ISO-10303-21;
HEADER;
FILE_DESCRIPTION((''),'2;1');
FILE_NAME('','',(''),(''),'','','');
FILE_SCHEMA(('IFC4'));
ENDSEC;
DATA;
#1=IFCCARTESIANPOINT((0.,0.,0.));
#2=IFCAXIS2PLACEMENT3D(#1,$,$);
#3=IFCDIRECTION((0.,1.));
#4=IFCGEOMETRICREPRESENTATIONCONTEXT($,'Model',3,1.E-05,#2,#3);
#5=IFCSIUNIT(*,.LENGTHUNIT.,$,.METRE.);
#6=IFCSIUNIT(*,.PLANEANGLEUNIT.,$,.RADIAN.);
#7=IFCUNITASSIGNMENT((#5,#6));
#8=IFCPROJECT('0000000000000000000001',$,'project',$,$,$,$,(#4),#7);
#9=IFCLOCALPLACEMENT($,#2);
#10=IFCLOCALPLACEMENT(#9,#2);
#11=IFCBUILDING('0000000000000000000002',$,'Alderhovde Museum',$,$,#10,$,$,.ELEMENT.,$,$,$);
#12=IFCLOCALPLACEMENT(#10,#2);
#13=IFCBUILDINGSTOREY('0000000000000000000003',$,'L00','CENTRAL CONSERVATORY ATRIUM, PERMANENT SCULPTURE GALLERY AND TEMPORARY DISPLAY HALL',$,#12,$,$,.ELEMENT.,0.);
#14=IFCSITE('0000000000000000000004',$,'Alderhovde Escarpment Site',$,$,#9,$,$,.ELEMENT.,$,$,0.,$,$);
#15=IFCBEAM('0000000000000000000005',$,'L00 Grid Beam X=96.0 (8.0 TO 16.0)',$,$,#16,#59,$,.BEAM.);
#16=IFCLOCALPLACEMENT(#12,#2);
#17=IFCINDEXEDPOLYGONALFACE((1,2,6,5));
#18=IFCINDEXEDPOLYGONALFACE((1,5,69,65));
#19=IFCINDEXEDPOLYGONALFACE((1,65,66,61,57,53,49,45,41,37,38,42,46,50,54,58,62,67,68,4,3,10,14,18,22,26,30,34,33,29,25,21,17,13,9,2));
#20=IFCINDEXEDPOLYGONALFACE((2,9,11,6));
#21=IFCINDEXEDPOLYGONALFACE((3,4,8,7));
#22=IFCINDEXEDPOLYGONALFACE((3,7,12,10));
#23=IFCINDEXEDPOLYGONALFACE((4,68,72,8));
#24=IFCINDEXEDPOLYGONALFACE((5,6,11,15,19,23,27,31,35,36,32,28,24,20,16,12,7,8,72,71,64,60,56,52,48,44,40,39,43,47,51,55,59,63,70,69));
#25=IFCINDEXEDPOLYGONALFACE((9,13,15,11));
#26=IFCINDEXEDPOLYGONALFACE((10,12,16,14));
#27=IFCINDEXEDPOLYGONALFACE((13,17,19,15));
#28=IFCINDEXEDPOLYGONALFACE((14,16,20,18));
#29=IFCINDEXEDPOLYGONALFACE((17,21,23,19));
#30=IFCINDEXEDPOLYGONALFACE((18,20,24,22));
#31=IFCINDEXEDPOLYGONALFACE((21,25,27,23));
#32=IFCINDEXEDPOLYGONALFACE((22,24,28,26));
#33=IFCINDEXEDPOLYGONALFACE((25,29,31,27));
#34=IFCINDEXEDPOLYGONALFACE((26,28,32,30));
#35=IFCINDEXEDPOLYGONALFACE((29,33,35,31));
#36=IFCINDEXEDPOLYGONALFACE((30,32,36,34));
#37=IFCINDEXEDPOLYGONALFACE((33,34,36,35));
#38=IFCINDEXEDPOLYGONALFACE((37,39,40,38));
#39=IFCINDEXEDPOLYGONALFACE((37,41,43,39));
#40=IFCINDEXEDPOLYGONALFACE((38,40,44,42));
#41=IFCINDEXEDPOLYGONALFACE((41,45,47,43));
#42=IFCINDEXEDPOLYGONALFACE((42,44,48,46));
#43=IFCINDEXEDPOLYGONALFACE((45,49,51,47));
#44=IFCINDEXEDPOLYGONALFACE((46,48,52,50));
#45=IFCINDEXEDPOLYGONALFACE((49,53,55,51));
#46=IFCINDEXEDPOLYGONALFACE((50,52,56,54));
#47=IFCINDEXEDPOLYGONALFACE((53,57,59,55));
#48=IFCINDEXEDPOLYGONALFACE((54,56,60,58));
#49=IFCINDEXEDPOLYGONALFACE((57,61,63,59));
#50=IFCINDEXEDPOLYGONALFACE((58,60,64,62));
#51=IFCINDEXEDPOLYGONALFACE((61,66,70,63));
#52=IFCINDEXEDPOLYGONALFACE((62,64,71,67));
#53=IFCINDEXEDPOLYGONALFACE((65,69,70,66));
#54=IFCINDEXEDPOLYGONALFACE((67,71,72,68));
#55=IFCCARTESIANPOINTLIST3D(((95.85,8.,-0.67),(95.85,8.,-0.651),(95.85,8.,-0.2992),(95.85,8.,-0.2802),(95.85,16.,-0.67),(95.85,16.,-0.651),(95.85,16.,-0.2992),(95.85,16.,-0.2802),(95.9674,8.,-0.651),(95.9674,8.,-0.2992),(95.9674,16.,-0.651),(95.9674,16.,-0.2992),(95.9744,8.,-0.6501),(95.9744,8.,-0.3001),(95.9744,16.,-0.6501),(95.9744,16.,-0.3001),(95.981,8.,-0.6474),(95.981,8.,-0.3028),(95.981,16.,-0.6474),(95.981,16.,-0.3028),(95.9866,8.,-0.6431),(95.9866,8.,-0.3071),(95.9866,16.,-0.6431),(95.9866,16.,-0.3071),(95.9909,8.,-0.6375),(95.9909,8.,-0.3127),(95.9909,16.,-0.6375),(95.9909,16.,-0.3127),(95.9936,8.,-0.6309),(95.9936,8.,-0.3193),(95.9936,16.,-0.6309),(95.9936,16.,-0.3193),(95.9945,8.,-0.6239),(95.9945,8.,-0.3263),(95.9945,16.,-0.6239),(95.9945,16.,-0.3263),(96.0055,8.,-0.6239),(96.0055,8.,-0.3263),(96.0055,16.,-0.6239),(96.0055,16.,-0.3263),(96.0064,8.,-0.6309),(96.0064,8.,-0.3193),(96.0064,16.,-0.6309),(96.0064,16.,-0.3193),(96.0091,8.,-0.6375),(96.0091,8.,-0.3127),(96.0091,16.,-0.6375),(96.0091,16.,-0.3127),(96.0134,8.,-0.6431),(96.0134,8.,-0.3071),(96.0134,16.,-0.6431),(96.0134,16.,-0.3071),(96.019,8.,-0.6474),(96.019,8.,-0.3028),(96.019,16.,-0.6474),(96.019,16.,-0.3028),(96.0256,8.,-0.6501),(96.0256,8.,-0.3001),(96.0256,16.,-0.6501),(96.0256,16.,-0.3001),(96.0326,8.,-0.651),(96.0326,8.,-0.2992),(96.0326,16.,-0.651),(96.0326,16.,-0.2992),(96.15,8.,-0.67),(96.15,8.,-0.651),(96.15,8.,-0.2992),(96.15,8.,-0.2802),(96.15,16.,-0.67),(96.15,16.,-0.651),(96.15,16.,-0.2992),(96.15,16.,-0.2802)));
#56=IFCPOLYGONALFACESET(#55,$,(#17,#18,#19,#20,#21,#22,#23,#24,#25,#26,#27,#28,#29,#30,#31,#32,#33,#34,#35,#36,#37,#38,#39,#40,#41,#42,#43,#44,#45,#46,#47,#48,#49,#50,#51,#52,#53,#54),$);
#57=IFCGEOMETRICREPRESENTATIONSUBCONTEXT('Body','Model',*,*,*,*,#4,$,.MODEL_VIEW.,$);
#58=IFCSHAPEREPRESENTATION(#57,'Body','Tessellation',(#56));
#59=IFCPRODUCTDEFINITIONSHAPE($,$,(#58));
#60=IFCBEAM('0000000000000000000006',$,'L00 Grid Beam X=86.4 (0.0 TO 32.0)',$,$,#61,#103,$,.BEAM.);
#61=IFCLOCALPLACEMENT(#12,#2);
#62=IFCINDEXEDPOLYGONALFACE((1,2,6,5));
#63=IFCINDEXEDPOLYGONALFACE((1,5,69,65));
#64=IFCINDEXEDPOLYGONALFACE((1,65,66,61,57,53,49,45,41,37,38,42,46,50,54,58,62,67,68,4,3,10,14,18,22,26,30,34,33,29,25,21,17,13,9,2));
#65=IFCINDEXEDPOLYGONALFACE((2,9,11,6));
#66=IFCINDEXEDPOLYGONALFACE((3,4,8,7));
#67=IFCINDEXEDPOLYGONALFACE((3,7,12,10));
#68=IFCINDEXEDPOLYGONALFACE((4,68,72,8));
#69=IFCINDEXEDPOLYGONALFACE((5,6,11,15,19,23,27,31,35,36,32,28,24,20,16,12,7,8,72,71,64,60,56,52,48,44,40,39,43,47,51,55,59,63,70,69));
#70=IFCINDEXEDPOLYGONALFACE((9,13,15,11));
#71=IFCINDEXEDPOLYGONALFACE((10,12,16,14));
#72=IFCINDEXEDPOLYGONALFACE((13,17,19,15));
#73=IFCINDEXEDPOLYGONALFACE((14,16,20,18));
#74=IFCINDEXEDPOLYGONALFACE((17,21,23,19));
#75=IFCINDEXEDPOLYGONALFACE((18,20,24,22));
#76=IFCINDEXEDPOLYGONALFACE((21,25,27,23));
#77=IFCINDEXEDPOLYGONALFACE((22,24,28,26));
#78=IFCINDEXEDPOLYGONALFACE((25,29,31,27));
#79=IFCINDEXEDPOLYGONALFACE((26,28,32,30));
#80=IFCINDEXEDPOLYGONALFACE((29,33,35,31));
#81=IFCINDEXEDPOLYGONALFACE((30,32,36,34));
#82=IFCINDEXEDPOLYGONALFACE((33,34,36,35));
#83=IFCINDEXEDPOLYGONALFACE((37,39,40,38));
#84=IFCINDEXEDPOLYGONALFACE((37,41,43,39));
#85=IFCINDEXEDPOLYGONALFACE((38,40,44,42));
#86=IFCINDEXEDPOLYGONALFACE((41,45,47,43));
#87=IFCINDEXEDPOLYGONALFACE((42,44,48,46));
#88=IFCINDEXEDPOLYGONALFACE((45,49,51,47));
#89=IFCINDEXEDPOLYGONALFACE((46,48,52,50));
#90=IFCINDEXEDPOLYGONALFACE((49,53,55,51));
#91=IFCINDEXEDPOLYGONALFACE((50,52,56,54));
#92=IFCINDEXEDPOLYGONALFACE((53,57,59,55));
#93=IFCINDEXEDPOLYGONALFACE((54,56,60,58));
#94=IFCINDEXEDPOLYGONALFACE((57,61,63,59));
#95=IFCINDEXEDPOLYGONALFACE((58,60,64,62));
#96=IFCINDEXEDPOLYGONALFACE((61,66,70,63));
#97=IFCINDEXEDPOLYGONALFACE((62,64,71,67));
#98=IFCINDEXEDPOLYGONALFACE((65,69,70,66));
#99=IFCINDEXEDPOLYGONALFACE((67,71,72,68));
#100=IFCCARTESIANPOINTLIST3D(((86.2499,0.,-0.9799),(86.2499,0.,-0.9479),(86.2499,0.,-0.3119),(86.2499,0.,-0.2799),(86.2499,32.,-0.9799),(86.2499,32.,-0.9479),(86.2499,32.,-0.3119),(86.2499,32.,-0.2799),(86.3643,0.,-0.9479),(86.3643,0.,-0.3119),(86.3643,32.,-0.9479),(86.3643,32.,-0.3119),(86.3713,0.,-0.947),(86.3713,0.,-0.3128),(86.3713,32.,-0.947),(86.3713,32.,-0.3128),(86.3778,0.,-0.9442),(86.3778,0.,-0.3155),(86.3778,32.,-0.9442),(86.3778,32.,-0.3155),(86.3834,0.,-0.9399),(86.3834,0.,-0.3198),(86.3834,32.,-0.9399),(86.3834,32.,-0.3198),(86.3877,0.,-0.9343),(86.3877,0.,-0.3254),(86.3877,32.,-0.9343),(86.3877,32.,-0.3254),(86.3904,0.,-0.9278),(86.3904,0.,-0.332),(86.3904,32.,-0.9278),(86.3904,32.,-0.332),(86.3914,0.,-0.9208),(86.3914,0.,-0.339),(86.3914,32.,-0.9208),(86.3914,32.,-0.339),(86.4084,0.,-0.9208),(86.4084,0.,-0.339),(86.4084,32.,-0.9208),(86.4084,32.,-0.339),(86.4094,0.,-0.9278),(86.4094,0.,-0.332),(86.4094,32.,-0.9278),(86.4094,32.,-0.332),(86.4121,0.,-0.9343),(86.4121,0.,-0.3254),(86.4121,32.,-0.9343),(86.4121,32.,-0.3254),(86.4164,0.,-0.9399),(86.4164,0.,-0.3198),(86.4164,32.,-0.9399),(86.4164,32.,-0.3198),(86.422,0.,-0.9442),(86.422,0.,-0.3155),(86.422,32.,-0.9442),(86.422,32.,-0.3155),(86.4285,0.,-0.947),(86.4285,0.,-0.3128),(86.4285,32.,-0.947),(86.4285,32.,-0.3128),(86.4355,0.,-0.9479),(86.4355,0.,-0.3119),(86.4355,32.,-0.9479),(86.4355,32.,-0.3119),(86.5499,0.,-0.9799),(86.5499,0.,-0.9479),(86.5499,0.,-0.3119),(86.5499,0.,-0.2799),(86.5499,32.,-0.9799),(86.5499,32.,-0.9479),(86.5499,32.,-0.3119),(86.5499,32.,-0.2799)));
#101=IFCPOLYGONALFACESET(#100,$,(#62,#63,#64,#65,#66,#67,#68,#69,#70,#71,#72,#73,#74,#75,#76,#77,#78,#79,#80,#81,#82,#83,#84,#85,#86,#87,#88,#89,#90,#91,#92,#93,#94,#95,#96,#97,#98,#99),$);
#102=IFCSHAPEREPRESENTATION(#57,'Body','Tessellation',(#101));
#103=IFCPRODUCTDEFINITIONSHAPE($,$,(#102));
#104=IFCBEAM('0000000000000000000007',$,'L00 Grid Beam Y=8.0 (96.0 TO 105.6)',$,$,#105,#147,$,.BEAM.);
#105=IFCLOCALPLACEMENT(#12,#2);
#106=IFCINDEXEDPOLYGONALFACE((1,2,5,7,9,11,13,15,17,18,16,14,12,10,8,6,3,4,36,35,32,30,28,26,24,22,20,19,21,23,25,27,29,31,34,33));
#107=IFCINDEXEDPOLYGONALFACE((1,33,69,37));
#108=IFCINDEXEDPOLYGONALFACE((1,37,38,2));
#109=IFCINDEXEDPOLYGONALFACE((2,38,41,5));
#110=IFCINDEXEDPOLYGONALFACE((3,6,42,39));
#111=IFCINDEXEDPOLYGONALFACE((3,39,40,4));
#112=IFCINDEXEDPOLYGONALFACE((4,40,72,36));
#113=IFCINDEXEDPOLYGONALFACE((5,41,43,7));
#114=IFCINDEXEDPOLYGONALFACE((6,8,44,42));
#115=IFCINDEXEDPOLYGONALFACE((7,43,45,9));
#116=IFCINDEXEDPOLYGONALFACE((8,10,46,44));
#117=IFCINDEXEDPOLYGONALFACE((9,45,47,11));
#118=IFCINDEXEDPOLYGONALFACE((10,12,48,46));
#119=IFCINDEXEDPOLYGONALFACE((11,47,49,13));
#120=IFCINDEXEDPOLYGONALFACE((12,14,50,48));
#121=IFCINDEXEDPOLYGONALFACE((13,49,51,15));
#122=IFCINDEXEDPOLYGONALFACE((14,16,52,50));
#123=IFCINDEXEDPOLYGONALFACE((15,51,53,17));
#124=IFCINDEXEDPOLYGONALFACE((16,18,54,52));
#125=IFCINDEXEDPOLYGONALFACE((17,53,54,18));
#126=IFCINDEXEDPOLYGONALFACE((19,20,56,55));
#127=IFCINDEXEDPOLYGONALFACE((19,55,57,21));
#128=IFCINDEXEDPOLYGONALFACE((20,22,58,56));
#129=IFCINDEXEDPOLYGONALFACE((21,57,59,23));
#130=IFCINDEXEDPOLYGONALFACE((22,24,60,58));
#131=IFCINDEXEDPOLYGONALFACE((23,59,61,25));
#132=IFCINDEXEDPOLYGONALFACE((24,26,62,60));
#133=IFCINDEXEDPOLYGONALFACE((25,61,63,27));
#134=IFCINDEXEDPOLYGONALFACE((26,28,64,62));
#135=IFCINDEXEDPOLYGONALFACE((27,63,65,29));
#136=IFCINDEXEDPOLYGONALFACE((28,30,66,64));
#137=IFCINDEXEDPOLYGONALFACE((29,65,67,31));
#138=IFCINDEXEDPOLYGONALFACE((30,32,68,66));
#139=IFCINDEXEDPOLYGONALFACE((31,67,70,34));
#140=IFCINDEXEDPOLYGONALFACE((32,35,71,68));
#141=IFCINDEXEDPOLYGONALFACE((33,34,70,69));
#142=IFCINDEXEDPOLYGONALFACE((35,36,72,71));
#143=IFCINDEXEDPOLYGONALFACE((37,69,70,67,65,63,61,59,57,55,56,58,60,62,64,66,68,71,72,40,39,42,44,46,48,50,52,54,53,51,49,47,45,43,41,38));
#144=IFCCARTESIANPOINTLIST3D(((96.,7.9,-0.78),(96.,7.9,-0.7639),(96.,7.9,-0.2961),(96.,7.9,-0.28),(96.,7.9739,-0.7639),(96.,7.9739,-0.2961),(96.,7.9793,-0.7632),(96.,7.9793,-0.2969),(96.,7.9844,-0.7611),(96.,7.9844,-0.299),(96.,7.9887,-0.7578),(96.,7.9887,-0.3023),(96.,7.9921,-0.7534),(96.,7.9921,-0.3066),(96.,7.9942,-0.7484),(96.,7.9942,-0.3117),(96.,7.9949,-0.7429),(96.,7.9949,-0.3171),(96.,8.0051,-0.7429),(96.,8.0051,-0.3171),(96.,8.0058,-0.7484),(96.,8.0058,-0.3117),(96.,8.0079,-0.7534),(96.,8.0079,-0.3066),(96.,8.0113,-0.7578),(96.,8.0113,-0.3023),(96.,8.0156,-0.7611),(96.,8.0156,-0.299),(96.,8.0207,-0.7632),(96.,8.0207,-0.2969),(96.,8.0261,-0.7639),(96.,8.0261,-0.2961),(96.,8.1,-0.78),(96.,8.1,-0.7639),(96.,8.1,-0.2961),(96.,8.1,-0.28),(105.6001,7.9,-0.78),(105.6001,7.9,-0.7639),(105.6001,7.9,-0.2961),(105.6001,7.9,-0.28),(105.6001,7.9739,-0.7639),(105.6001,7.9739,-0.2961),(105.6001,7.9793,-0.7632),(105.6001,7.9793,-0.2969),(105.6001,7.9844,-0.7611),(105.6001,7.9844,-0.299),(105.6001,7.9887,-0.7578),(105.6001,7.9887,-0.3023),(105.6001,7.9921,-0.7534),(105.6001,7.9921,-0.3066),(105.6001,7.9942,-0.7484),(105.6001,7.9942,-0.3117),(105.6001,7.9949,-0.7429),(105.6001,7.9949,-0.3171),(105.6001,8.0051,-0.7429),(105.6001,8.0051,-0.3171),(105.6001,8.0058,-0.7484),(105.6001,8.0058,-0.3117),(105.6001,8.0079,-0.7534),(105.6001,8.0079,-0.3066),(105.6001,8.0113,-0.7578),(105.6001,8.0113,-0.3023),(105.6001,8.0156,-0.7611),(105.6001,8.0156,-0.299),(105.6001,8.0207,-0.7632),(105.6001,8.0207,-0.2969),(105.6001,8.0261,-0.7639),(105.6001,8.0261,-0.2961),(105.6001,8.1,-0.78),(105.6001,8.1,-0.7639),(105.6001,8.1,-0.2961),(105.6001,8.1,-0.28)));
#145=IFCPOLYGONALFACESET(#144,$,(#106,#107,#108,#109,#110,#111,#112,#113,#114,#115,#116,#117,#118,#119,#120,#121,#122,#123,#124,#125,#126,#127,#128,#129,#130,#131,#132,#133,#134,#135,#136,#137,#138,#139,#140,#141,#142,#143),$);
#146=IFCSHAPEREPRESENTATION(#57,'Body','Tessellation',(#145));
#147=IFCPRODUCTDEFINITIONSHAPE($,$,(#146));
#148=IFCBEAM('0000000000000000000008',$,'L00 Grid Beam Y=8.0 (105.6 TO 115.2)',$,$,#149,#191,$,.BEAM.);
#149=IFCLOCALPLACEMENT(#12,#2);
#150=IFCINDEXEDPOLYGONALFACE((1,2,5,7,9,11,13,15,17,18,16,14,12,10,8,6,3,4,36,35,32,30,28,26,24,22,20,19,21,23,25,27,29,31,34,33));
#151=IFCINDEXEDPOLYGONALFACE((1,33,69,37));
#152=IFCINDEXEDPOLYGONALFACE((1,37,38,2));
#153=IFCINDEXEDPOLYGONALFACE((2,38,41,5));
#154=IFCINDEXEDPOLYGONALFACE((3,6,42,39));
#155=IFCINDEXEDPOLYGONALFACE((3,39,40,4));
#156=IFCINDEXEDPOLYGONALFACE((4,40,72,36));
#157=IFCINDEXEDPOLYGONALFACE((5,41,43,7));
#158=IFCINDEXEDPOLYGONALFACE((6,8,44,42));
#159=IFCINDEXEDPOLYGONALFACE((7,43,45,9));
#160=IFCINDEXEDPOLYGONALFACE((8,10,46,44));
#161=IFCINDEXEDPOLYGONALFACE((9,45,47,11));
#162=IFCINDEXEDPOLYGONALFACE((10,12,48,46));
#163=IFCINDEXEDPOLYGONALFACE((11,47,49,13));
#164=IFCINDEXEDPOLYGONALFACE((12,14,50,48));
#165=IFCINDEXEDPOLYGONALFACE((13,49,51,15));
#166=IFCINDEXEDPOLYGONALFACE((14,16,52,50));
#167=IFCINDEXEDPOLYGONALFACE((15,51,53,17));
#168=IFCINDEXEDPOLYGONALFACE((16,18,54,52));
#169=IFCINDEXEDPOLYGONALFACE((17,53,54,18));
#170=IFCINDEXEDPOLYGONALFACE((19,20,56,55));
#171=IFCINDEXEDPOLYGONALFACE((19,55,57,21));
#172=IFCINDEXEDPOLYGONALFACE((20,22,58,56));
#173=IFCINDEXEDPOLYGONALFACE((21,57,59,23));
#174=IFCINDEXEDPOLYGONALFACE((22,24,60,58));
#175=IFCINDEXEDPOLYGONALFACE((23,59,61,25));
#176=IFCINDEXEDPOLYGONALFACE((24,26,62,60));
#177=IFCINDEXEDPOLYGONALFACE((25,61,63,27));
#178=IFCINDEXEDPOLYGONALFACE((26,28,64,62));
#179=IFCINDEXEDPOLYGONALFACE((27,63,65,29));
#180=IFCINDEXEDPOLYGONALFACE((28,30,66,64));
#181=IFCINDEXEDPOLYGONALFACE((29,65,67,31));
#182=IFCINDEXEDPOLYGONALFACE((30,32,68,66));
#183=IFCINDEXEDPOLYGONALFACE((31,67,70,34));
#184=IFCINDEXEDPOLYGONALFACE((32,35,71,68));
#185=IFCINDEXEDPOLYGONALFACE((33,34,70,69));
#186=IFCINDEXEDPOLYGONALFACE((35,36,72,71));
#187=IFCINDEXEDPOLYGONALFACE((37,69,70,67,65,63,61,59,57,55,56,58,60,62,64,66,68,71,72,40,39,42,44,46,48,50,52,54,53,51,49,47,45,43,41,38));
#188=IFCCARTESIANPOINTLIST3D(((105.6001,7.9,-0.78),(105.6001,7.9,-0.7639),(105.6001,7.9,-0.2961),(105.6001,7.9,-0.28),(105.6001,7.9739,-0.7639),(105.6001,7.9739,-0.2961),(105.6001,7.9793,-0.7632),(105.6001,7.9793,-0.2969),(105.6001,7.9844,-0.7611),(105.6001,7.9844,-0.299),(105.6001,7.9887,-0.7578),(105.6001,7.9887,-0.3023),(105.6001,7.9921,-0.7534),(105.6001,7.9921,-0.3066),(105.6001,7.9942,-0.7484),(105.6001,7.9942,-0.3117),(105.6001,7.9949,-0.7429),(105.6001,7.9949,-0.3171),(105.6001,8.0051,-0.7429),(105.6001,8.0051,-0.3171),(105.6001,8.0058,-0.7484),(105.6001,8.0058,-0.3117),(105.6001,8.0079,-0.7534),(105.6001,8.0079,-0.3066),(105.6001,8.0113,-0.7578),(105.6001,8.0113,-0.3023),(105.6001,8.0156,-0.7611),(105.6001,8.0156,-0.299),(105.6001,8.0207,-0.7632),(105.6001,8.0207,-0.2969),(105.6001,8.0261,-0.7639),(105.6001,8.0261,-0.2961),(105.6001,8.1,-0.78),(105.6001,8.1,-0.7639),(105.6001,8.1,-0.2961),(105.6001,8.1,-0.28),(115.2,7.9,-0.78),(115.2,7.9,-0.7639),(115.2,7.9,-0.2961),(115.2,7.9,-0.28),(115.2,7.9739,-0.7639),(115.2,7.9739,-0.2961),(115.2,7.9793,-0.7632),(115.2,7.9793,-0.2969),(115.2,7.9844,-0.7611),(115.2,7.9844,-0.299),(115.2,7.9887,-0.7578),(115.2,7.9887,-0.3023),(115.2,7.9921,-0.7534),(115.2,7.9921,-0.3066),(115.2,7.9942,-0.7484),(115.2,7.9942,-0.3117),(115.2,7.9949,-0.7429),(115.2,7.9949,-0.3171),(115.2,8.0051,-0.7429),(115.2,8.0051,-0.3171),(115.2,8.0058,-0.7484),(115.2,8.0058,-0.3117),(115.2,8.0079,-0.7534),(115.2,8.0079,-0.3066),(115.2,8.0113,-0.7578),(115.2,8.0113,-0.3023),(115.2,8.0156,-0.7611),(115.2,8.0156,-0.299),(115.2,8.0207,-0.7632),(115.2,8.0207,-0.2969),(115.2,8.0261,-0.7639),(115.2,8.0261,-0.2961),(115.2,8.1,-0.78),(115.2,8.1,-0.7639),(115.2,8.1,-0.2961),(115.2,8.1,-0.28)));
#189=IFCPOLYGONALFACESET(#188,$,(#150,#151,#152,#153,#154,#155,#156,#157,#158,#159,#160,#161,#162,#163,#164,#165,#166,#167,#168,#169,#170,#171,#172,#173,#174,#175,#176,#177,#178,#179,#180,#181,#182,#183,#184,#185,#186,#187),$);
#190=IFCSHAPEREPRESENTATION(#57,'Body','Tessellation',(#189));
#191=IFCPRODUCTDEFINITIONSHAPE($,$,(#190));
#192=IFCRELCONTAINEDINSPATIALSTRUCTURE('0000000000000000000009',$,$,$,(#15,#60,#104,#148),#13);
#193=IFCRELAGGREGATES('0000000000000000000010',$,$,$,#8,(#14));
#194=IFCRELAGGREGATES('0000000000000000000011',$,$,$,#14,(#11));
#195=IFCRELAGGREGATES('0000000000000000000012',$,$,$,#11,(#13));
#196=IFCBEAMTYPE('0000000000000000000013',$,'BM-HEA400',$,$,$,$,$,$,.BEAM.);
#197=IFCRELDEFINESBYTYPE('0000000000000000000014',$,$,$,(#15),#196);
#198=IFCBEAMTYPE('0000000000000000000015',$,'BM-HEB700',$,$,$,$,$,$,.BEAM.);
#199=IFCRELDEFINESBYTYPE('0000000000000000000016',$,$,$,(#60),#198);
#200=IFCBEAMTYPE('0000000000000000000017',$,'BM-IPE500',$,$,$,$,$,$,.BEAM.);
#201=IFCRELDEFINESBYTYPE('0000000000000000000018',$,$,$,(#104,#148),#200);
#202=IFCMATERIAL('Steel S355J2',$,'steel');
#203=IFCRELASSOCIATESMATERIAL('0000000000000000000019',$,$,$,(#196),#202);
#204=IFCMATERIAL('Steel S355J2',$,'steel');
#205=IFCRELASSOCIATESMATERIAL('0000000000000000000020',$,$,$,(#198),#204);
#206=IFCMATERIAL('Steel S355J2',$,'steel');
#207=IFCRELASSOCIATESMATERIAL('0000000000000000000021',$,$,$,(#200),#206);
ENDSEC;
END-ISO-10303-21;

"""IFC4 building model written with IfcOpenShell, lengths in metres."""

from ifc_helpers import new_model, si_unit, direction, frame, origin, origin_2d, place, context, subcontext, project, spatial, i_section, extrude, material, material_profile, profile_set, type_object, element, save


model = new_model("IFC4")

# Units and contexts
model_context = context("Model", 3, precision=1e-05, world=origin(), true_north=direction((0.0, 1.0)))
body_context = subcontext(model_context, "Body", "Model", "MODEL_VIEW")
ifc_project = project(units=[si_unit("LENGTHUNIT", "METRE"), si_unit("PLANEANGLEUNIT", "RADIAN")], contexts=[model_context])

# Site, building, storey
site_placement = place(None, origin())
site = spatial("IfcSite", under=ifc_project, at=site_placement, Name="Alderhovde Escarpment Site", CompositionType="ELEMENT", RefElevation=0.0)
building_placement = place(site_placement, origin())
building = spatial("IfcBuilding", under=site, at=building_placement, Name="Alderhovde Museum", CompositionType="ELEMENT")
storey_placement = place(building_placement, origin())
storey = spatial("IfcBuildingStorey", under=building, at=storey_placement, Name="L00", Description="CENTRAL CONSERVATORY ATRIUM, PERMANENT SCULPTURE GALLERY AND TEMPORARY DISPLAY HALL", CompositionType="ELEMENT", Elevation=0.0)

# Beams
ifc_material_1 = material(Name="Steel S355J2", Category="steel")
ifc_material_profile_1 = material_profile(ifc_material_1, i_section(OverallWidth=0.3, OverallDepth=0.3899, WebThickness=0.011, FlangeThickness=0.019, FilletRadius=0.0271, at=origin_2d()), Name="HEA 400")
ifc_profile_set_1 = profile_set([ifc_material_profile_1], Name="Steel S355J2")
beam_type_1 = type_object("IfcBeamType", Name="BM-HEA400", PredefinedType="BEAM", material=ifc_profile_set_1)
for number, where, z_axis, x_axis, name in (
    (1, (96.0, 8.0, -0.4751), (0.0, 1.0, 0.0), (-1.0, 0.0, 0.0), "L00 Grid Beam X=96.0 (8.0 TO 16.0)"),
):
    element("IfcBeam", number, at=place(storey_placement, frame(where, z_axis=z_axis, x_axis=x_axis)), inside=storey, type_object=beam_type_1, Name=name, PredefinedType="BEAM", context=body_context, shape_type="SweptSolid", body=[
        extrude(i_section(OverallWidth=0.3, OverallDepth=0.3899, WebThickness=0.011, FlangeThickness=0.019, FilletRadius=0.0271, at=origin_2d()), origin(), (0.0, 0.0, 1.0), 8.0),
    ])
ifc_material_2 = material(Name="Steel S355J2", Category="steel")
ifc_material_profile_2 = material_profile(ifc_material_2, i_section(OverallWidth=0.3, OverallDepth=0.7, WebThickness=0.0171, FlangeThickness=0.032, FilletRadius=0.0271, at=origin_2d()), Name="HEB 700")
ifc_profile_set_2 = profile_set([ifc_material_profile_2], Name="Steel S355J2")
beam_type_2 = type_object("IfcBeamType", Name="BM-HEB700", PredefinedType="BEAM", material=ifc_profile_set_2)
beam_1_placement = place(storey_placement, frame((86.3999, 0.0, -0.6299), z_axis=(0.0, 1.0, 0.0), x_axis=(-1.0, 0.0, 0.0)))
element("IfcBeam", 2, at=beam_1_placement, inside=storey, type_object=beam_type_2, Name="L00 Grid Beam X=86.4 (0.0 TO 32.0)", PredefinedType="BEAM", context=body_context, shape_type="SweptSolid", body=[
    extrude(i_section(OverallWidth=0.3, OverallDepth=0.7, WebThickness=0.0171, FlangeThickness=0.032, FilletRadius=0.0271, at=origin_2d()), origin(), (0.0, 0.0, 1.0), 32.0),
])
ifc_material_3 = material(Name="Steel S355J2", Category="steel")
ifc_material_profile_3 = material_profile(ifc_material_3, i_section(OverallWidth=0.2, OverallDepth=0.5, WebThickness=0.0103, FlangeThickness=0.0161, FilletRadius=0.021, at=origin_2d()), Name="IPE 500")
ifc_profile_set_3 = profile_set([ifc_material_profile_3], Name="Steel S355J2")
beam_type_3 = type_object("IfcBeamType", Name="BM-IPE500", PredefinedType="BEAM", material=ifc_profile_set_3)
beam_2_placement = place(storey_placement, frame((96.0, 8.0, -0.53), z_axis=(1.0, 0.0, 0.0), x_axis=(0.0, 1.0, 0.0)))
element("IfcBeam", 3, at=beam_2_placement, inside=storey, type_object=beam_type_3, Name="L00 Grid Beam Y=8.0 (96.0 TO 105.6)", PredefinedType="BEAM", context=body_context, shape_type="SweptSolid", body=[
    extrude(i_section(OverallWidth=0.2, OverallDepth=0.5, WebThickness=0.0103, FlangeThickness=0.0161, FilletRadius=0.021, at=origin_2d()), origin(), (0.0, 0.0, 1.0), 9.6001),
])
beam_3_placement = place(storey_placement, frame((105.6001, 8.0, -0.53), z_axis=(1.0, 0.0, 0.0), x_axis=(0.0, 1.0, 0.0)))
element("IfcBeam", 4, at=beam_3_placement, inside=storey, type_object=beam_type_3, Name="L00 Grid Beam Y=8.0 (105.6 TO 115.2)", PredefinedType="BEAM", context=body_context, shape_type="SweptSolid", body=[
    extrude(i_section(OverallWidth=0.2, OverallDepth=0.5, WebThickness=0.0103, FlangeThickness=0.0161, FilletRadius=0.021, at=origin_2d()), origin(), (0.0, 0.0, 1.0), 9.5999),
])

save(model, "model.ifc")
